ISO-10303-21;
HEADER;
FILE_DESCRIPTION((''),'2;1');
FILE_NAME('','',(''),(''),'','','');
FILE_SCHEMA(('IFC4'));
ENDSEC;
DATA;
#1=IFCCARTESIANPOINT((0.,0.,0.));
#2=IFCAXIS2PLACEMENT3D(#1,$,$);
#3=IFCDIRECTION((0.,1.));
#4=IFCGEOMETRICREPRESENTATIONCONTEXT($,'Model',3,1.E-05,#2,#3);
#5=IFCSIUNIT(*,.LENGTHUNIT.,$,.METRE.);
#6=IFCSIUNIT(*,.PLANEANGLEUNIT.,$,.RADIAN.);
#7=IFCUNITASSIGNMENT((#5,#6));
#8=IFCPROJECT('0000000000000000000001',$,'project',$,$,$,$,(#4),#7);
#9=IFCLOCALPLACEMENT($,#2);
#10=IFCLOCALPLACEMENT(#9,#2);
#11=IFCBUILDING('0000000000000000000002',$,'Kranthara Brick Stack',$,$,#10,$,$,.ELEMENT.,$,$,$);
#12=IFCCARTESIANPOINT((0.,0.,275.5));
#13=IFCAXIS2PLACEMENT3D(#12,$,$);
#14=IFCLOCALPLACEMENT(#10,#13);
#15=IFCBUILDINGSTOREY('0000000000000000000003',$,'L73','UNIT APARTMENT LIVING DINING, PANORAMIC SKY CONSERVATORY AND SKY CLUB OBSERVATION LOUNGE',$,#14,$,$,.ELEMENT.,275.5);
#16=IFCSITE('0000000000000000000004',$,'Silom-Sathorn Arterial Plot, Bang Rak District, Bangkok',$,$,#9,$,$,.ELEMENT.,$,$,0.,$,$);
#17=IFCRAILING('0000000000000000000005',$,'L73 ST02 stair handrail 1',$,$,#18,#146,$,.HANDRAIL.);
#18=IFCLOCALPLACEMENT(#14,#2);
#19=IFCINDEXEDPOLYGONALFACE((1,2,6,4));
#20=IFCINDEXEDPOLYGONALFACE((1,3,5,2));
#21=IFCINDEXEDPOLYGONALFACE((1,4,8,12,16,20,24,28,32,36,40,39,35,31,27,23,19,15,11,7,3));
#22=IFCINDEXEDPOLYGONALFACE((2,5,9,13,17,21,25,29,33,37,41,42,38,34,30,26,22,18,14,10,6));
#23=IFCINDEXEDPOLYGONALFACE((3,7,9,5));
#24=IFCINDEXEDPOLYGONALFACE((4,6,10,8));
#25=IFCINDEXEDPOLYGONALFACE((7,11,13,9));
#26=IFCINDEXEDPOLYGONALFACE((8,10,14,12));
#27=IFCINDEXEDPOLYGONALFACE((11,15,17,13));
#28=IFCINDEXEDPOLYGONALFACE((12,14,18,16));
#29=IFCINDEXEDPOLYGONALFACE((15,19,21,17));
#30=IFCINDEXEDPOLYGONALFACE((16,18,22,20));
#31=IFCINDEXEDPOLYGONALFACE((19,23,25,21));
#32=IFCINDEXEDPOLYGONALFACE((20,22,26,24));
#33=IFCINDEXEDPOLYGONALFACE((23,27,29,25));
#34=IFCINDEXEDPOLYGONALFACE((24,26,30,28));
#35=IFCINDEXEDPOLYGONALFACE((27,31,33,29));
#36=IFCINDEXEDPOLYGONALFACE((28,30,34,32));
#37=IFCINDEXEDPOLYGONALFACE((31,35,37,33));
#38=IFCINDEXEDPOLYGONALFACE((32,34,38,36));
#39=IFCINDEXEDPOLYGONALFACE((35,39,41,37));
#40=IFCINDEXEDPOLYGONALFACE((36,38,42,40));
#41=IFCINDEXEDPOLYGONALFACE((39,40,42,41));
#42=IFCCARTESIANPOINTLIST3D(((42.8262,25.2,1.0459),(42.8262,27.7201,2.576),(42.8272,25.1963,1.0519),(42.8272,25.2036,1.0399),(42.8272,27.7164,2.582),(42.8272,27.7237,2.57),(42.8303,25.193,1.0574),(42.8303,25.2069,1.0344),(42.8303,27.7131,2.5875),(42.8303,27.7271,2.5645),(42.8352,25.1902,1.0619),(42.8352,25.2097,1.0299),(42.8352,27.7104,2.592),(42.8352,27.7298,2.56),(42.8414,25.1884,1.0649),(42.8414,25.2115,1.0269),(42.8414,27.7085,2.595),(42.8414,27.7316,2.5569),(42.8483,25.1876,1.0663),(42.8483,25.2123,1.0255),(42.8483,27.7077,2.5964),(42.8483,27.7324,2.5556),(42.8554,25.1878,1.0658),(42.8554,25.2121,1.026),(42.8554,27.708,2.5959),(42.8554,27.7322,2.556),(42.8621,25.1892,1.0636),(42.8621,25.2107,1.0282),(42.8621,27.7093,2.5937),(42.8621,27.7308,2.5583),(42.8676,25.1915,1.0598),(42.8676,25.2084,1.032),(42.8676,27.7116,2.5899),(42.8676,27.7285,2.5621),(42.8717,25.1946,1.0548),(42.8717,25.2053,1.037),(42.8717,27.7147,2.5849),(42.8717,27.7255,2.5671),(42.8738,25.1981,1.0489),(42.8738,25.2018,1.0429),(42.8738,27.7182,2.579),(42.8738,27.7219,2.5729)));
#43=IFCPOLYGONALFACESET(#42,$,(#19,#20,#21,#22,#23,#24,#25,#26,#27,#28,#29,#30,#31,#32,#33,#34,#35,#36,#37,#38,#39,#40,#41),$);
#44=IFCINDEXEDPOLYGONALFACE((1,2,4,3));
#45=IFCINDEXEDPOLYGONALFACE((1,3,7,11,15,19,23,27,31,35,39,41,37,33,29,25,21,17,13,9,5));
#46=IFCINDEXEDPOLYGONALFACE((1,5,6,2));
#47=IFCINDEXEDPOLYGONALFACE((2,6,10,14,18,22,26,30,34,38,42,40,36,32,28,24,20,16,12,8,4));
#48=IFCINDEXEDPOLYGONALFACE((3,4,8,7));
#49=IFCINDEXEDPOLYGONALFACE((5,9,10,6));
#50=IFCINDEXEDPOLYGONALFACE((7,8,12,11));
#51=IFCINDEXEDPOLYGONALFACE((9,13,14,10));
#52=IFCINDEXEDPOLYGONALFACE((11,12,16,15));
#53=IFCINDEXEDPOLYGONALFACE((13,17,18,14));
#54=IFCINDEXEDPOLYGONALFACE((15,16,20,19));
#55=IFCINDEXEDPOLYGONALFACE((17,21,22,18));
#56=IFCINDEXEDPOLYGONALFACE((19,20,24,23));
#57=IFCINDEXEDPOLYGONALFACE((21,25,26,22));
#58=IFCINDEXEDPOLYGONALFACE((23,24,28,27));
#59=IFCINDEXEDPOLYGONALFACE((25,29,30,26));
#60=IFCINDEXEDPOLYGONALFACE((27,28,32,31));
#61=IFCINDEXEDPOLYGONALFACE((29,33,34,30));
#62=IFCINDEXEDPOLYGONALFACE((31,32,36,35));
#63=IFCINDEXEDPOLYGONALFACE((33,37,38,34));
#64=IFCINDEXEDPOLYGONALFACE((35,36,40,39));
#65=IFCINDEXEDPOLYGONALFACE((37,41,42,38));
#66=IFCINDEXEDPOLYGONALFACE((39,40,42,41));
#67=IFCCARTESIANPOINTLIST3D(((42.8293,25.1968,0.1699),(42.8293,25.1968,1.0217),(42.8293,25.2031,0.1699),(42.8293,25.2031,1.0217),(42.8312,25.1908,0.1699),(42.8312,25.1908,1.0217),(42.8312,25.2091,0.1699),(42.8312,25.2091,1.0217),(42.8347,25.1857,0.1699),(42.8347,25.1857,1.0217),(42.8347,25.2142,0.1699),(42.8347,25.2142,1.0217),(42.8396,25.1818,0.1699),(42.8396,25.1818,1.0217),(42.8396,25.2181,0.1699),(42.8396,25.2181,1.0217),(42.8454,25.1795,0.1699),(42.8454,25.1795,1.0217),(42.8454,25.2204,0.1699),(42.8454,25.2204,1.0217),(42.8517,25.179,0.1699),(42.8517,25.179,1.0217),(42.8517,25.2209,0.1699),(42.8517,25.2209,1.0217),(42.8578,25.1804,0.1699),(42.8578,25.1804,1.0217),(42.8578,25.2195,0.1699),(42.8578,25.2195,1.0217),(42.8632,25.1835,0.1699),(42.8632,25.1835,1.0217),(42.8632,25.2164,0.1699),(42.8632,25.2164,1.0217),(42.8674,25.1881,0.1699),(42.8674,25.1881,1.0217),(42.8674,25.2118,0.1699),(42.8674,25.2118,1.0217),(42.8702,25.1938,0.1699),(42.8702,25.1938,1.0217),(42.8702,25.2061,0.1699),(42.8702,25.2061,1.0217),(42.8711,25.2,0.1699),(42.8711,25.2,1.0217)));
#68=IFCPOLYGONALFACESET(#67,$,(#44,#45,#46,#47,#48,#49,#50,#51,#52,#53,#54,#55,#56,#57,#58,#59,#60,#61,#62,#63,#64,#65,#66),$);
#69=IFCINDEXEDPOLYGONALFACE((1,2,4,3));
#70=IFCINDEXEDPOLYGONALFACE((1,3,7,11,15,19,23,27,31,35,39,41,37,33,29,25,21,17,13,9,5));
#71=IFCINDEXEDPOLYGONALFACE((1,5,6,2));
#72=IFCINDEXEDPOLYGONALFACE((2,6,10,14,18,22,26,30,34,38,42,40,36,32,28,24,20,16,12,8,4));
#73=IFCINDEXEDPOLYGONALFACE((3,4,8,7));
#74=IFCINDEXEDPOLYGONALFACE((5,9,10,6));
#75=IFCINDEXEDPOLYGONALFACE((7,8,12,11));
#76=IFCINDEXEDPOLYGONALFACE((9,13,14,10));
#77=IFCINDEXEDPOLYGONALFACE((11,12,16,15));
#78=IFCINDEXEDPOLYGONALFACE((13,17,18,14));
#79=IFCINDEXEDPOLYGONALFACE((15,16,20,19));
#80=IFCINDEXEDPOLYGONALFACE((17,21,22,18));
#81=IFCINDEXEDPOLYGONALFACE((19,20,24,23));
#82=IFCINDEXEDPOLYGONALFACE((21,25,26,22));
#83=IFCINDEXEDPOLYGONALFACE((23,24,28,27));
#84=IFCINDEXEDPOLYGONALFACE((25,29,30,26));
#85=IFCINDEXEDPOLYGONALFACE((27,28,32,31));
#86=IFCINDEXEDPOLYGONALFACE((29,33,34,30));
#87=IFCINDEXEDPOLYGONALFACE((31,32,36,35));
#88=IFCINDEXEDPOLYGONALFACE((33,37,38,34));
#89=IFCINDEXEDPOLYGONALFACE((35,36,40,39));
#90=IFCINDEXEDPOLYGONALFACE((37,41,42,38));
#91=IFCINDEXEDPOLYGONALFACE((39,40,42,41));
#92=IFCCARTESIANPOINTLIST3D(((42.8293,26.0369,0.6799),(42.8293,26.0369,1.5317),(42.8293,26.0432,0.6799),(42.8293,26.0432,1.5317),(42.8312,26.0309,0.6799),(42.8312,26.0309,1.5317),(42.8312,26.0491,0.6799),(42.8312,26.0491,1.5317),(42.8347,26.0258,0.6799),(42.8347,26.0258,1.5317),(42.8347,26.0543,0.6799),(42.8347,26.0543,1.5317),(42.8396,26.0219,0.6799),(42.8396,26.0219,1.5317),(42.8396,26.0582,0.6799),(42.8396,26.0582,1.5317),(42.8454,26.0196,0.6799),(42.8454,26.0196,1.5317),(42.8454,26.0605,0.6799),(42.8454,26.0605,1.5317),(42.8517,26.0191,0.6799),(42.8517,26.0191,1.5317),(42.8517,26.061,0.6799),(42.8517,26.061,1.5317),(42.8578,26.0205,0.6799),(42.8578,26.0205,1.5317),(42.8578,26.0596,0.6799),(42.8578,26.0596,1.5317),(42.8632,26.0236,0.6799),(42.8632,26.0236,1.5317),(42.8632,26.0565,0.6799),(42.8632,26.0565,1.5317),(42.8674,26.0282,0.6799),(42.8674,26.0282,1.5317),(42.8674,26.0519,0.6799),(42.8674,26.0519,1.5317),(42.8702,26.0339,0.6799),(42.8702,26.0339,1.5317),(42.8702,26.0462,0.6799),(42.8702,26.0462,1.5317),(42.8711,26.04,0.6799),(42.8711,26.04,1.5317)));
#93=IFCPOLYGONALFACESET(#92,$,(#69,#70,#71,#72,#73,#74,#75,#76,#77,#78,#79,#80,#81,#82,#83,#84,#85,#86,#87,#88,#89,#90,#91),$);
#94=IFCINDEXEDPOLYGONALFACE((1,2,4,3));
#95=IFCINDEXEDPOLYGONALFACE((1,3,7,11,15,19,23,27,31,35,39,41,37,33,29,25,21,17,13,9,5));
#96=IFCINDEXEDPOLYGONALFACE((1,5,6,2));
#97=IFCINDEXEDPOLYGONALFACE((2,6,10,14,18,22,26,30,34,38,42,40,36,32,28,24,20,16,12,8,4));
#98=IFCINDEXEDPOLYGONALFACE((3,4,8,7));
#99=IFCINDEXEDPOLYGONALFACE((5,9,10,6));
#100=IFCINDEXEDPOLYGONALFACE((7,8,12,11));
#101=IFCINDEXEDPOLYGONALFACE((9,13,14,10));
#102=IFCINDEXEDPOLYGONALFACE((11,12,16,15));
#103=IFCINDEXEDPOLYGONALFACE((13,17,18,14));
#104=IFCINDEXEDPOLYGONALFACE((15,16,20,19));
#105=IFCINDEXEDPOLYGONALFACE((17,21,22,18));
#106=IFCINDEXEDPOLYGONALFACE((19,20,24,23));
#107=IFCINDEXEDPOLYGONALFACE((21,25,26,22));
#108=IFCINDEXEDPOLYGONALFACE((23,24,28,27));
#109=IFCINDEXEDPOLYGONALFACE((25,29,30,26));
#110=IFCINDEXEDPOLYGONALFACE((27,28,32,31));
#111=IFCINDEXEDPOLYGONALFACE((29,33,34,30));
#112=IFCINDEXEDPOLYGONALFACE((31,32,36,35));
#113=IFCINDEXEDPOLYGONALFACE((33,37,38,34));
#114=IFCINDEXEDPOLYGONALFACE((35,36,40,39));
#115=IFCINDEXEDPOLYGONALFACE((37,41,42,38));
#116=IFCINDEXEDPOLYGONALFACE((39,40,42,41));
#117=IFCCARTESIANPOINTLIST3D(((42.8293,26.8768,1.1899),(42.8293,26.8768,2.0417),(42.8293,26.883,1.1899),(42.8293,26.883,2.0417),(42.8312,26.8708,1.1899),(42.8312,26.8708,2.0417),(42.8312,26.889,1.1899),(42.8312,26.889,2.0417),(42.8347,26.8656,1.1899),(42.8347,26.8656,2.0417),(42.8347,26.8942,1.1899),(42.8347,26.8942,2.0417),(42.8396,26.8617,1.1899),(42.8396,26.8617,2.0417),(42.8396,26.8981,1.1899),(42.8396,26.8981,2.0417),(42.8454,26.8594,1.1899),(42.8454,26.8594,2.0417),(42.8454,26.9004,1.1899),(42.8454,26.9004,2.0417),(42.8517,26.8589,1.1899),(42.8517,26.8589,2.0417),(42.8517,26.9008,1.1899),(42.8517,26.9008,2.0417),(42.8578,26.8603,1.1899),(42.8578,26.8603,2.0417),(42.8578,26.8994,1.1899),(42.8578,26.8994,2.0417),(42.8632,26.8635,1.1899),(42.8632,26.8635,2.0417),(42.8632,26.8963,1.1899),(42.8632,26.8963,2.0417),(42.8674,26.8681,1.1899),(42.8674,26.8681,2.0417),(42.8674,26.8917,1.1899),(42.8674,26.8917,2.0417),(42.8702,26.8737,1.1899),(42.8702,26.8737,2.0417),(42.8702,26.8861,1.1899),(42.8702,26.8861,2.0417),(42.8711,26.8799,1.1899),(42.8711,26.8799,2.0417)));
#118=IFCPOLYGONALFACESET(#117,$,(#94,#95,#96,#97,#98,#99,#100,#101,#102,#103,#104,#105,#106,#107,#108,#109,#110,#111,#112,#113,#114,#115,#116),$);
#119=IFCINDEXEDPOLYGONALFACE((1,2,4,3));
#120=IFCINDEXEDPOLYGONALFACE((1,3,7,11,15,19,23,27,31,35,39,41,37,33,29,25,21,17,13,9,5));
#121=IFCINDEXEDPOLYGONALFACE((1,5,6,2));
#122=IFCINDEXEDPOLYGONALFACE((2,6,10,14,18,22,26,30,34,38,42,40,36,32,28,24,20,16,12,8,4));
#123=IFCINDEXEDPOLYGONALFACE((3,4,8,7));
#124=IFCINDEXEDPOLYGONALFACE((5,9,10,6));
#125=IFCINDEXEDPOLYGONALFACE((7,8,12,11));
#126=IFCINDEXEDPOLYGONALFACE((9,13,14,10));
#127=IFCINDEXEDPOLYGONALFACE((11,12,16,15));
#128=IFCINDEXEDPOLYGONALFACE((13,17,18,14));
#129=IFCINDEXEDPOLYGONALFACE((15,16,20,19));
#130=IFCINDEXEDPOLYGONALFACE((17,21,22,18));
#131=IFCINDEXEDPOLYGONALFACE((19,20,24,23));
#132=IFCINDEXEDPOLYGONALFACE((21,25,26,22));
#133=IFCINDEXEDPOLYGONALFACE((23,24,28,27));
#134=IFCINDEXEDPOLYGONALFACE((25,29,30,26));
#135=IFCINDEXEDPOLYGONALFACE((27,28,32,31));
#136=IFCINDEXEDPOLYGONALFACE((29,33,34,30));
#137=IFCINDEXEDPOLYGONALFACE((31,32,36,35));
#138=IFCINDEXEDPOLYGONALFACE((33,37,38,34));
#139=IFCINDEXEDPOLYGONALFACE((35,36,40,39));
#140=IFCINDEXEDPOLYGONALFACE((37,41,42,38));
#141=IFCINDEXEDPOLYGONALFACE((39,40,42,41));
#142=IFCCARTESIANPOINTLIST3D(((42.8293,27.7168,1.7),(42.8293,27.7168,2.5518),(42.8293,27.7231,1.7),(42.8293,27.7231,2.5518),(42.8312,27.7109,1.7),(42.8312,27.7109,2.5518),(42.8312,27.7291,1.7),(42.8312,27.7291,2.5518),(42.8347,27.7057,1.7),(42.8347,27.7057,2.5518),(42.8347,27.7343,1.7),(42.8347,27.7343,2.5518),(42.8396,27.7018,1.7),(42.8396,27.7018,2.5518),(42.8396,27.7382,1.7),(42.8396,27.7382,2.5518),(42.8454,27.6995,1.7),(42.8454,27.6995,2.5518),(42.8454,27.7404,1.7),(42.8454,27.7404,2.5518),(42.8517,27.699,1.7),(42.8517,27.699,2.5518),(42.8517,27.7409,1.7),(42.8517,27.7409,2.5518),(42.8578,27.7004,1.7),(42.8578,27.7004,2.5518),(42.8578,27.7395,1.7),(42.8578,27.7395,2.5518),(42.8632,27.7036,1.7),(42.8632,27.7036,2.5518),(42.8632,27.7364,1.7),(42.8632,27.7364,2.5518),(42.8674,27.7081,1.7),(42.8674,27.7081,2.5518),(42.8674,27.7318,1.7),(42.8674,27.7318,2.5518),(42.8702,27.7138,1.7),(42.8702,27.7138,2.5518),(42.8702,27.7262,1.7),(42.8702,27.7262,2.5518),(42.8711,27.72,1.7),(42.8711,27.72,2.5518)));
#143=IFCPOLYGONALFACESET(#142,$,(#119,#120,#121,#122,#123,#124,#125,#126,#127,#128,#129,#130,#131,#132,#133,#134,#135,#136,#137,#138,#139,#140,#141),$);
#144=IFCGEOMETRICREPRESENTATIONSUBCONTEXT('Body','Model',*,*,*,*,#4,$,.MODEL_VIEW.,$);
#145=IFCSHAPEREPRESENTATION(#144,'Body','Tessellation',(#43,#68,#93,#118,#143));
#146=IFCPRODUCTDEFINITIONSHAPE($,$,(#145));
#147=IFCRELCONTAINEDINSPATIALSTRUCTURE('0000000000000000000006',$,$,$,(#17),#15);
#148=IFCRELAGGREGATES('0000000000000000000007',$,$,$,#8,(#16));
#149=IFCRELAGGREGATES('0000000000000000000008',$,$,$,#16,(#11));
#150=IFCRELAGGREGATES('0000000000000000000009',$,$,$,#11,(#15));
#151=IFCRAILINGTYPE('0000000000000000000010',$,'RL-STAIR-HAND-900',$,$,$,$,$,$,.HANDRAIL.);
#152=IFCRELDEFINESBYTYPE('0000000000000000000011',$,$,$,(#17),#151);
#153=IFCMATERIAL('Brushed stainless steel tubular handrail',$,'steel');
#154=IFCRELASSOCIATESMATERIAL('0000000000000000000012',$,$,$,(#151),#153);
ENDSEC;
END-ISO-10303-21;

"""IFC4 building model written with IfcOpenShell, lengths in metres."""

from ifc_helpers import new_model, si_unit, direction, frame, origin, origin_2d, place, context, subcontext, project, spatial, circle, extrude, material, type_object, element, save


model = new_model("IFC4")

# Units and contexts
model_context = context("Model", 3, precision=1e-05, world=origin(), true_north=direction((0.0, 1.0)))
body_context = subcontext(model_context, "Body", "Model", "MODEL_VIEW")
ifc_project = project(units=[si_unit("LENGTHUNIT", "METRE"), si_unit("PLANEANGLEUNIT", "RADIAN")], contexts=[model_context])

# Site, building, storey
site_placement = place(None, origin())
site = spatial("IfcSite", under=ifc_project, at=site_placement, Name="Silom-Sathorn Arterial Plot, Bang Rak District, Bangkok", CompositionType="ELEMENT", RefElevation=0.0)
building_placement = place(site_placement, origin())
building = spatial("IfcBuilding", under=site, at=building_placement, Name="Kranthara Brick Stack", CompositionType="ELEMENT")
storey_placement = place(building_placement, frame((0.0, 0.0, 275.5)))
storey = spatial("IfcBuildingStorey", under=building, at=storey_placement, Name="L73", Description="UNIT APARTMENT LIVING DINING, PANORAMIC SKY CONSERVATORY AND SKY CLUB OBSERVATION LOUNGE", CompositionType="ELEMENT", Elevation=275.5)

# Railing
ifc_material_1 = material(Name="Brushed stainless steel tubular handrail", Category="steel")
railing_type_1 = type_object("IfcRailingType", Name="RL-STAIR-HAND-900", PredefinedType="HANDRAIL", material=ifc_material_1)
railing_1_placement = place(storey_placement, frame((42.8501, 25.2, 0.1699)))
element("IfcRailing", 1, at=railing_1_placement, inside=storey, type_object=railing_type_1, Name="L73 ST02 stair handrail 1", PredefinedType="HANDRAIL", context=body_context, shape_type="SweptSolid", body=[
    extrude(circle(Radius=0.0239, at=origin_2d()), frame((0.0, 0.0, 0.876), z_axis=(0.0, 0.854785, 0.518982), x_axis=(-1.0, 0.0, 0.0)), (0.0, 0.0, 1.0), 2.9482),
    extrude(circle(Radius=0.021, at=origin_2d()), origin(), (0.0, 0.0, 1.0), 0.8518),
    extrude(circle(Radius=0.021, at=origin_2d()), frame((0.0, 0.8401, 0.51)), (0.0, 0.0, 1.0), 0.8518),
    extrude(circle(Radius=0.021, at=origin_2d()), frame((0.0, 1.6799, 1.02)), (0.0, 0.0, 1.0), 0.8518),
    extrude(circle(Radius=0.021, at=origin_2d()), frame((0.0, 2.52, 1.53)), (0.0, 0.0, 1.0), 0.8518),
])

save(model, "model.ifc")
